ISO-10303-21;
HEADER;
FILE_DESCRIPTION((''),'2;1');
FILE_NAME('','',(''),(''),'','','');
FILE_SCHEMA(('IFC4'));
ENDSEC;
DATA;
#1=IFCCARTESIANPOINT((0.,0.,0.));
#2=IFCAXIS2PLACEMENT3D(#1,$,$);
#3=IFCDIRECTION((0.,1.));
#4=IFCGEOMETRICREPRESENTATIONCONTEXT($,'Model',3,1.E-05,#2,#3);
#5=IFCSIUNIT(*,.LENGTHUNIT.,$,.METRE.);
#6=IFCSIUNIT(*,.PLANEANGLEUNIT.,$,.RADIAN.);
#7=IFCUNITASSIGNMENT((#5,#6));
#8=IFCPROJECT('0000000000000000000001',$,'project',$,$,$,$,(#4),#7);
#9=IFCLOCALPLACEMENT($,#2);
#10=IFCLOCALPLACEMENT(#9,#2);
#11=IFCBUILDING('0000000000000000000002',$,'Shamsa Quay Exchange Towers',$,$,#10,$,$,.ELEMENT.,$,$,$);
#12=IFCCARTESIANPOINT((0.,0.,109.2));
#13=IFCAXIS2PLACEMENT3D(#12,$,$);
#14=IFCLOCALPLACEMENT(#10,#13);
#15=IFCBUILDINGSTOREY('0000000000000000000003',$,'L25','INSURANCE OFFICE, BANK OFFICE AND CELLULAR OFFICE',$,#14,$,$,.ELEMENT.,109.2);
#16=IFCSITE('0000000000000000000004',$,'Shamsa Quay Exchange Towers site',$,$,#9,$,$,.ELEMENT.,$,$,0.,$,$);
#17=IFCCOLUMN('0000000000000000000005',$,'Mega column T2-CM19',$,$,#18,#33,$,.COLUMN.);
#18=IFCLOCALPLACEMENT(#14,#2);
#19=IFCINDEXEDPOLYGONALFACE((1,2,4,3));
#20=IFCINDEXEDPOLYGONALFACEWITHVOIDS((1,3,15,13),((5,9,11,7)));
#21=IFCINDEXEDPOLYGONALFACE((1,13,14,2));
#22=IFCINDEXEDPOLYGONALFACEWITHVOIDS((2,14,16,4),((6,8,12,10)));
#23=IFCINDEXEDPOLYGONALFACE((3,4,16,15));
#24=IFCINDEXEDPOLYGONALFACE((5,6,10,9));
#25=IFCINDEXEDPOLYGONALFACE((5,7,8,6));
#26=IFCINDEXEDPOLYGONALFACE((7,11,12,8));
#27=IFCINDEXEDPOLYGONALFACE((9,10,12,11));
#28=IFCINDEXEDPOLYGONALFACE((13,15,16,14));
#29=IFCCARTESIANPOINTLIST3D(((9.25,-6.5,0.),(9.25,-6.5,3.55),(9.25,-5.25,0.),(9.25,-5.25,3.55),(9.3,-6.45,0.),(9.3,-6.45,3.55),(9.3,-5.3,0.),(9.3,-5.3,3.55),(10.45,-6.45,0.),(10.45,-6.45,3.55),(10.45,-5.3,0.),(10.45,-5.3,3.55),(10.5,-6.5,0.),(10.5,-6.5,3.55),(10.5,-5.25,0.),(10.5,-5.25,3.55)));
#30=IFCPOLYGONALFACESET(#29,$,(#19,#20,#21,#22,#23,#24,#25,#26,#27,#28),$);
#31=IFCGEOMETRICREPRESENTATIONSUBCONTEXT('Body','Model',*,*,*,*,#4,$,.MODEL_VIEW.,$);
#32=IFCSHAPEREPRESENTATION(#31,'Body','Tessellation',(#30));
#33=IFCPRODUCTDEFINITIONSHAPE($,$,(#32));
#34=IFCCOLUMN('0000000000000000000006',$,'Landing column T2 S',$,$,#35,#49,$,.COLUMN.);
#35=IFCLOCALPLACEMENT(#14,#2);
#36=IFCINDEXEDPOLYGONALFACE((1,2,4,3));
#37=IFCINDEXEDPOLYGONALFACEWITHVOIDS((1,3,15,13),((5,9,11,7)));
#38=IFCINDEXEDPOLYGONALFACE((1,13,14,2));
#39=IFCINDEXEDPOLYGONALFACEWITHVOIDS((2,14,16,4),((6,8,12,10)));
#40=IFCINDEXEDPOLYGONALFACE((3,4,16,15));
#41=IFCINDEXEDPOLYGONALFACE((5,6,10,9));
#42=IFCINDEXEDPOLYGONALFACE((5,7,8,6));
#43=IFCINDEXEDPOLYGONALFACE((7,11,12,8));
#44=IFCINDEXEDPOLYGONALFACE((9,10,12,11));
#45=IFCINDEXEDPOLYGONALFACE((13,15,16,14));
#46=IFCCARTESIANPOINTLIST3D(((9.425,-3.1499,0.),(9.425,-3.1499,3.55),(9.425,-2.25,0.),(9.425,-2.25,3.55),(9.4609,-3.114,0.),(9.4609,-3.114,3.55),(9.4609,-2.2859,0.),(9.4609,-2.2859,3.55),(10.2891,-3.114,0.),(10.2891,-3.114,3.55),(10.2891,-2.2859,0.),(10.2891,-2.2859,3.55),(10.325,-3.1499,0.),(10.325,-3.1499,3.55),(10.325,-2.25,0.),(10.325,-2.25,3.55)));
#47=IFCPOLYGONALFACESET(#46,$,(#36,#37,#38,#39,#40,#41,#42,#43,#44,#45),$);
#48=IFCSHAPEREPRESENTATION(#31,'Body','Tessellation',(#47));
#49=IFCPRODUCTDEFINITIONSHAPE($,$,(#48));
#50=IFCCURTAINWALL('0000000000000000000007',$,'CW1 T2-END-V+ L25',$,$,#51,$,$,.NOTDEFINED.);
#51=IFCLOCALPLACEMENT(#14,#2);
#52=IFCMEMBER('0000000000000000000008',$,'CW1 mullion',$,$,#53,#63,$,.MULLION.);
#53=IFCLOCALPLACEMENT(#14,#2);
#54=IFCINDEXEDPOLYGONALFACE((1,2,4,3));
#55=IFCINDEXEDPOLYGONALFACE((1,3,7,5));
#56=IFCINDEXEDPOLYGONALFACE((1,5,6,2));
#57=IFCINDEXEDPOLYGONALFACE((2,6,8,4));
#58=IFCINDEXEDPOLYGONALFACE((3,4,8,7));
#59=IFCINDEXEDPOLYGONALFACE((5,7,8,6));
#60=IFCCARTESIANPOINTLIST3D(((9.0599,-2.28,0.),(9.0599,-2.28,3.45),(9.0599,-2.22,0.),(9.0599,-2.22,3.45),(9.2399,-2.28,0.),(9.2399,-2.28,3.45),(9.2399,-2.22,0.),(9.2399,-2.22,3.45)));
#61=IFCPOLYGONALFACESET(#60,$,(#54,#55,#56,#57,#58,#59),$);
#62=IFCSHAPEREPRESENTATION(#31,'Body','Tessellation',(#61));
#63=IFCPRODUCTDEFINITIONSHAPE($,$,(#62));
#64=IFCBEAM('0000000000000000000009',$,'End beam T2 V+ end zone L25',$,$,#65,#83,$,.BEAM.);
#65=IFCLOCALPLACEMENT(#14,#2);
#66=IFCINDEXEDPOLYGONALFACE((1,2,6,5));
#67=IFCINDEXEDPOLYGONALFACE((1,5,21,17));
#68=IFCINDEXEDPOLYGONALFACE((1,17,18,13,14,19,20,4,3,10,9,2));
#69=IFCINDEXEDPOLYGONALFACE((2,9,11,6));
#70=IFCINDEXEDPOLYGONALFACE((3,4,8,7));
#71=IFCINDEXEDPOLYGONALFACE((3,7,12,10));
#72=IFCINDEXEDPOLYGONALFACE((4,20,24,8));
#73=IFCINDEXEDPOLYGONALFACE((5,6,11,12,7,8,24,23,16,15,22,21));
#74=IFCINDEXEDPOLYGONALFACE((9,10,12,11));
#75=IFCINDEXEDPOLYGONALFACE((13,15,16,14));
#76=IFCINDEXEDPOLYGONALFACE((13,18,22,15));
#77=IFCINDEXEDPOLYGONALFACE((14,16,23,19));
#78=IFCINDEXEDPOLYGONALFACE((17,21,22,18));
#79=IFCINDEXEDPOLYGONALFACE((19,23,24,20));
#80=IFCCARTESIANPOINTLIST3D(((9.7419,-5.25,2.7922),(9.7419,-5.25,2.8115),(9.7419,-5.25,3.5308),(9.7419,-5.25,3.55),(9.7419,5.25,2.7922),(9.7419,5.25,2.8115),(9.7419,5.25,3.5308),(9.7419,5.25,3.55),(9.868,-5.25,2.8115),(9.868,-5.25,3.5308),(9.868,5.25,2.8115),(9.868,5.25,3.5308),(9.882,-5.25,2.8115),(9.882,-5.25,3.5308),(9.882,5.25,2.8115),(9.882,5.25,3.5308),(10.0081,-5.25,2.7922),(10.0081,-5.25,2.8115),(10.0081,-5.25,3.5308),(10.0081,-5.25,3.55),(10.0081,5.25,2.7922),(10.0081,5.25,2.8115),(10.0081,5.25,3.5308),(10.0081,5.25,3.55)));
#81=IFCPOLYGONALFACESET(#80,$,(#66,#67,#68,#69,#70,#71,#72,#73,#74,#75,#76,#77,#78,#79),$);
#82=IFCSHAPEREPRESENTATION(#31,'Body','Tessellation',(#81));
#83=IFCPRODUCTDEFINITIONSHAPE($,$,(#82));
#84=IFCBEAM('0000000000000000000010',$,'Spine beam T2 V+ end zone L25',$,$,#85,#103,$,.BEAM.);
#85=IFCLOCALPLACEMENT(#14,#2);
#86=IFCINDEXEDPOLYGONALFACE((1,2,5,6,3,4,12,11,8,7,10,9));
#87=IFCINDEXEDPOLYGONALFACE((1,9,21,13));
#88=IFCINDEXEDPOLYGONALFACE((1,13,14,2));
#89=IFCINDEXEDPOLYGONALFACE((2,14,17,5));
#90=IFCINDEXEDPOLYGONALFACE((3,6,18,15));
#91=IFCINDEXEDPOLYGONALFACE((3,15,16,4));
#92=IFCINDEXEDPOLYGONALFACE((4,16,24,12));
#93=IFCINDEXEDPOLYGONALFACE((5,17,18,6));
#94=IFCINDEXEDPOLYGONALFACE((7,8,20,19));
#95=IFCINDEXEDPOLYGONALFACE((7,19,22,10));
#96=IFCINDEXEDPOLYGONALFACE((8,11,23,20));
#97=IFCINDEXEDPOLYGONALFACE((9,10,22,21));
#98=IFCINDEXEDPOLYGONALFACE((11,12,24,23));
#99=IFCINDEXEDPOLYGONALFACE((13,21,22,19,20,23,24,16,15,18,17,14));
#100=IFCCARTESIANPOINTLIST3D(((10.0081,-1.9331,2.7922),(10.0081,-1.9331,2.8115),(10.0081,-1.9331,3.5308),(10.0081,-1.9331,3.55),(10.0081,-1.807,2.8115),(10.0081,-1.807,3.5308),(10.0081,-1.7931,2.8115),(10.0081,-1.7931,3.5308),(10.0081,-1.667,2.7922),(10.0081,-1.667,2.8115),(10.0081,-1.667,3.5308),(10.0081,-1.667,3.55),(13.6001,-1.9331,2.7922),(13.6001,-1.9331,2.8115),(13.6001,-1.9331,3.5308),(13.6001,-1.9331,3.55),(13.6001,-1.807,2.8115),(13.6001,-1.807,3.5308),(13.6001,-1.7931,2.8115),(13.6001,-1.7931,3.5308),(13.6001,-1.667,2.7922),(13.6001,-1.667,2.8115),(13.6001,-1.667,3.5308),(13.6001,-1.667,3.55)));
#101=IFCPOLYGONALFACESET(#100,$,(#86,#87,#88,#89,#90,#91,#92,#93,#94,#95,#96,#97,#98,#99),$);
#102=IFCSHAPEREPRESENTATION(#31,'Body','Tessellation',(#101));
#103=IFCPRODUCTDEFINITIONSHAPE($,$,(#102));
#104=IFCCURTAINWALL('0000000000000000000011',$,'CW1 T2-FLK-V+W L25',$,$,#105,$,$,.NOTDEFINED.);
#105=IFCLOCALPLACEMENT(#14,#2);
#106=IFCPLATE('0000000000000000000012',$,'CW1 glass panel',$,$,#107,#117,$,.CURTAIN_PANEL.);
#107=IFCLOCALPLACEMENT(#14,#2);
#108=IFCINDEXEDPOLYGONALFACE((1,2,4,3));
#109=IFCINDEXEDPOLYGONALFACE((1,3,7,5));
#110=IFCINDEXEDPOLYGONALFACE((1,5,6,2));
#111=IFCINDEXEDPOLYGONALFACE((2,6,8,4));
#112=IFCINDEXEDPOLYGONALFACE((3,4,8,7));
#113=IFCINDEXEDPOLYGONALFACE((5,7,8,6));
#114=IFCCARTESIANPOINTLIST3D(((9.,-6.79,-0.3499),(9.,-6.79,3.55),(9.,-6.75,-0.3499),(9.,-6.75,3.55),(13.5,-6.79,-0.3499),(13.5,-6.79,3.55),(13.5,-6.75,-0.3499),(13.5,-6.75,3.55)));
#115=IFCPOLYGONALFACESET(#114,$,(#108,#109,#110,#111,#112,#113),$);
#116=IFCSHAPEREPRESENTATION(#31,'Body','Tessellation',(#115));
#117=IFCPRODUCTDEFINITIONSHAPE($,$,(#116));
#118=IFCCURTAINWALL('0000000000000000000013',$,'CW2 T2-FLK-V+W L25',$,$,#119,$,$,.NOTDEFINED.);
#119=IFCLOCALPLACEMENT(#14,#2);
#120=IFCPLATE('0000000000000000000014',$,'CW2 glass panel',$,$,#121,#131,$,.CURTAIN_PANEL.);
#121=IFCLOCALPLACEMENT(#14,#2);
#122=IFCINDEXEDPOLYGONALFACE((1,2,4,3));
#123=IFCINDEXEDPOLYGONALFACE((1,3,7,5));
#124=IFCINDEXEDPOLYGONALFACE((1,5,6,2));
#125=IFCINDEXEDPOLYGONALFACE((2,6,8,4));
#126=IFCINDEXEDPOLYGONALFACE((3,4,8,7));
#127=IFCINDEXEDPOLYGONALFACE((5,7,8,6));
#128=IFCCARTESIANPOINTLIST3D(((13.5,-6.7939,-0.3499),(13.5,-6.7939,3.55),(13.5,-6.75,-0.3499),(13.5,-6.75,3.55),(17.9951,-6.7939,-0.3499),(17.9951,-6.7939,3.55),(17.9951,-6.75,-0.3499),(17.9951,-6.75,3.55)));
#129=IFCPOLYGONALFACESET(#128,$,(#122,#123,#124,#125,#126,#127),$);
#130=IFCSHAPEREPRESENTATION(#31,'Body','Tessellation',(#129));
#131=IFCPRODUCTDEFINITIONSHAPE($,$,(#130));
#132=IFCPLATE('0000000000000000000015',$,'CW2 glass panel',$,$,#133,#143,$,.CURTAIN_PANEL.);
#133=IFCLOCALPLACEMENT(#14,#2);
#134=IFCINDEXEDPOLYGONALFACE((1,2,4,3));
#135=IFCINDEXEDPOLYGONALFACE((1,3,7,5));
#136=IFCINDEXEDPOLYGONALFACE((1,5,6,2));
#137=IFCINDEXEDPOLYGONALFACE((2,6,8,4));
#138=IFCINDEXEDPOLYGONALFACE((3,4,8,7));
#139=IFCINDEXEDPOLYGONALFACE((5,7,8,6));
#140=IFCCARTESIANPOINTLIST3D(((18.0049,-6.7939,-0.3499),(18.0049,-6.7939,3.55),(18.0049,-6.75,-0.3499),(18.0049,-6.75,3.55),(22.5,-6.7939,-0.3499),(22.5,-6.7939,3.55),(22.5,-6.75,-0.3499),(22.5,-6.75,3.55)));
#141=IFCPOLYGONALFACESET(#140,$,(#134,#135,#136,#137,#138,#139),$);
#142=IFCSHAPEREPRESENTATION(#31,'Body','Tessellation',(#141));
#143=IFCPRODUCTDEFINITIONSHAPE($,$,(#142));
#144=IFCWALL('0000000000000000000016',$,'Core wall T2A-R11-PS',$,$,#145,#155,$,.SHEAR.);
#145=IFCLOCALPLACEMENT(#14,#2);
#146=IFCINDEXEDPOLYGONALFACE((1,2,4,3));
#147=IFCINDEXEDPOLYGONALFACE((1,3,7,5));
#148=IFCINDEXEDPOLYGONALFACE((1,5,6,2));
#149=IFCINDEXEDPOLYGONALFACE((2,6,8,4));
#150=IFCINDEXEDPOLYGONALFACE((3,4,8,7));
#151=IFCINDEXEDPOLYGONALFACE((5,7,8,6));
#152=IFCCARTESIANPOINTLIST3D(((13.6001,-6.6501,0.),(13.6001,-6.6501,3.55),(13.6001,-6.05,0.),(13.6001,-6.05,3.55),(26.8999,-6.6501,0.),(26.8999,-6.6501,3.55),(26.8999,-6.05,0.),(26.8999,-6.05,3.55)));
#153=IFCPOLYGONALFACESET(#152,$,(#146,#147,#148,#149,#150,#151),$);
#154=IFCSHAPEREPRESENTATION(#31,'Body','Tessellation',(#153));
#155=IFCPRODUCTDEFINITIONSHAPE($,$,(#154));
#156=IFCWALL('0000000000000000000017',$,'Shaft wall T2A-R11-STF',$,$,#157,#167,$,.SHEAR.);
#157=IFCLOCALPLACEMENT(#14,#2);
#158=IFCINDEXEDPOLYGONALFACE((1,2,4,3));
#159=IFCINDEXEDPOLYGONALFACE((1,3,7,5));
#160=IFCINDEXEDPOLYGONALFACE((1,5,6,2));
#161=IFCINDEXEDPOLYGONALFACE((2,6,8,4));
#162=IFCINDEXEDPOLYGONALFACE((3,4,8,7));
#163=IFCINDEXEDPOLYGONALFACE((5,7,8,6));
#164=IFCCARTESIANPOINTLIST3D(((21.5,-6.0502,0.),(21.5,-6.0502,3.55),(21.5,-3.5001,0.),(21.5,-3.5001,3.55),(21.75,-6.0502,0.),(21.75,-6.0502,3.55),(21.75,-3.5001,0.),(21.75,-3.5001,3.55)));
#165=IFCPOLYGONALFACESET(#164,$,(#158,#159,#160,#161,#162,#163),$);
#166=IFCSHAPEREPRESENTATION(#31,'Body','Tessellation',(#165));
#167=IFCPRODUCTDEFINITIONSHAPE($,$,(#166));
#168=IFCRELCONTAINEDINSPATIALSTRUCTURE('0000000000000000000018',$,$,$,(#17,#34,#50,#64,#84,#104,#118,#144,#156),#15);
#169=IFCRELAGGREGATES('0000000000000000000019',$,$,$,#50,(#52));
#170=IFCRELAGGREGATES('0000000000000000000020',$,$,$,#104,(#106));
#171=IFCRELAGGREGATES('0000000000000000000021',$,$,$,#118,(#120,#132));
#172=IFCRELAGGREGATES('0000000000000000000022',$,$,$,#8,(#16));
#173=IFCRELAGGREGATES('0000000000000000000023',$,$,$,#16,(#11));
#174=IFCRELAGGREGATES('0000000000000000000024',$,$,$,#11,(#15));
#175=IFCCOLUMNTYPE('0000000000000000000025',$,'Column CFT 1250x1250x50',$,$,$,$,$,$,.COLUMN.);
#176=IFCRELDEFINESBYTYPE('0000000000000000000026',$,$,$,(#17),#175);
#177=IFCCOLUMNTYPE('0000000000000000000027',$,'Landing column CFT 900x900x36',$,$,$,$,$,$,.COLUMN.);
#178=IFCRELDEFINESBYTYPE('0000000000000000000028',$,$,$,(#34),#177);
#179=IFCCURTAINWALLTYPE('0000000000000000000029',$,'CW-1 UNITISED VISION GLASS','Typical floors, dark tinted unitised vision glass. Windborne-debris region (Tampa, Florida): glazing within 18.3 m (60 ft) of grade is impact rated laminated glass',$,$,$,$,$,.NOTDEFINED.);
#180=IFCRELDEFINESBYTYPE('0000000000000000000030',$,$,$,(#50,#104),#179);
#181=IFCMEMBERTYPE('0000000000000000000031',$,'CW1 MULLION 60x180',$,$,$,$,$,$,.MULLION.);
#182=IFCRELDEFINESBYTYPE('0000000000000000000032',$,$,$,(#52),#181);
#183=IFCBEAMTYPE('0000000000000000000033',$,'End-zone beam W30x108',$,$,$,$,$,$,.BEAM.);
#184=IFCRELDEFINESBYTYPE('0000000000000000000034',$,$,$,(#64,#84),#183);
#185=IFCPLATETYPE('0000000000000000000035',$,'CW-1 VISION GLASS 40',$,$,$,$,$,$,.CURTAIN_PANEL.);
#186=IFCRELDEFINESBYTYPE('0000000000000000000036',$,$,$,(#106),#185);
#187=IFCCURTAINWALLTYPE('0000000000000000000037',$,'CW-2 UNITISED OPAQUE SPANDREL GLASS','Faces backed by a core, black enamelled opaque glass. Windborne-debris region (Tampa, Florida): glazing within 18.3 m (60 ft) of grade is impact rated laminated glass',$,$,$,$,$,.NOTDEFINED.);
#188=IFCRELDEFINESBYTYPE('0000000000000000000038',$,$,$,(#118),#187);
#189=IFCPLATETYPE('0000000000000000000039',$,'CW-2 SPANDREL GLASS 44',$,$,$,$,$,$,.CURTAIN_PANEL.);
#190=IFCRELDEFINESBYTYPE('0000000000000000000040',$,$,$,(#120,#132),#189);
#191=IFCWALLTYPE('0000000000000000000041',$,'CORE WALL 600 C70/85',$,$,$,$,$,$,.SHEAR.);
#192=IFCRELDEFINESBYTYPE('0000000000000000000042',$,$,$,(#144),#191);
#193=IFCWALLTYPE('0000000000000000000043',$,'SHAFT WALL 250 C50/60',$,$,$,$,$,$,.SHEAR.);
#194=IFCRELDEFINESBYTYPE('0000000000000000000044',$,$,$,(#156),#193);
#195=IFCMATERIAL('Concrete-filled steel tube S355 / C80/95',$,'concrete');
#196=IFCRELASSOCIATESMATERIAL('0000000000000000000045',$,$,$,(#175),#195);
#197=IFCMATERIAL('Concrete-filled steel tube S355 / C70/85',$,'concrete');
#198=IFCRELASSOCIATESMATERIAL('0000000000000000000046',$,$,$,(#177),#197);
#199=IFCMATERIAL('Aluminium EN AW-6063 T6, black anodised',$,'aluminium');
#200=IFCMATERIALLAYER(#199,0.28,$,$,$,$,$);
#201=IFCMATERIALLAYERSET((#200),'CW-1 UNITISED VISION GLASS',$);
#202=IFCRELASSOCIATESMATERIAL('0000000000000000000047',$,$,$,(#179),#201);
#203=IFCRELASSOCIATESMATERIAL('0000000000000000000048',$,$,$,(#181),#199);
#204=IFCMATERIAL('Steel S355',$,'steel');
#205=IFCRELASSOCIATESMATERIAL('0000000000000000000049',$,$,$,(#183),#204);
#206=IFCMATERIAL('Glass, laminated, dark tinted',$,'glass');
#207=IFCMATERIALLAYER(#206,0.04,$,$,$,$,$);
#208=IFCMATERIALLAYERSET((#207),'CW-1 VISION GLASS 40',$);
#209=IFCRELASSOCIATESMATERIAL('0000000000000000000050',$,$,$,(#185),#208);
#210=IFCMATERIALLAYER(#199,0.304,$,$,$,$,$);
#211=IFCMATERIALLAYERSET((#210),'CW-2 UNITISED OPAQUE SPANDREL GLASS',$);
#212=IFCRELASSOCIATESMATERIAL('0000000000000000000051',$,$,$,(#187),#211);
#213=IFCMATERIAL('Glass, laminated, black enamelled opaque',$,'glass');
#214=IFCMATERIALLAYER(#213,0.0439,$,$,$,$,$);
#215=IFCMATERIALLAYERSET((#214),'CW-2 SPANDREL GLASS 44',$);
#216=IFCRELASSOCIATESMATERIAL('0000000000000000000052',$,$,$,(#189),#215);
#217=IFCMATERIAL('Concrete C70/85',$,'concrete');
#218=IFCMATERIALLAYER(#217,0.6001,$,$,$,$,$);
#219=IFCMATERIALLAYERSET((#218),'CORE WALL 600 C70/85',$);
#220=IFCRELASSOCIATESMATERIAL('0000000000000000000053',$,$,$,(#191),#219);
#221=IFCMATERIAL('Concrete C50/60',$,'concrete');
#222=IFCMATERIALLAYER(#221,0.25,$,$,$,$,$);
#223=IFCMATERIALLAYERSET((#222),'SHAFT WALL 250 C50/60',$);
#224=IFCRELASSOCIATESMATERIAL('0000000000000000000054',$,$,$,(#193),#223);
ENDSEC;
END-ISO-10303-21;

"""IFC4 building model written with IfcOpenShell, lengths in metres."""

from ifc_helpers import new_model, si_unit, direction, frame, frame_2d, origin, origin_2d, place, context, subcontext, project, spatial, rectangle, hollow_rectangle, i_section, extrude, material, layer, layer_set, material_profile, profile_set, type_object, element, aggregate, save


model = new_model("IFC4")

# Units and contexts
model_context = context("Model", 3, precision=1e-05, world=origin(), true_north=direction((0.0, 1.0)))
body_context = subcontext(model_context, "Body", "Model", "MODEL_VIEW")
ifc_project = project(units=[si_unit("LENGTHUNIT", "METRE"), si_unit("PLANEANGLEUNIT", "RADIAN")], contexts=[model_context])

# Site, building, storey
site_placement = place(None, origin())
site = spatial("IfcSite", under=ifc_project, at=site_placement, Name="Shamsa Quay Exchange Towers site", CompositionType="ELEMENT", RefElevation=0.0)
building_placement = place(site_placement, origin())
building = spatial("IfcBuilding", under=site, at=building_placement, Name="Shamsa Quay Exchange Towers", CompositionType="ELEMENT")
storey_placement = place(building_placement, frame((0.0, 0.0, 109.2)))
storey = spatial("IfcBuildingStorey", under=building, at=storey_placement, Name="L25", Description="INSURANCE OFFICE, BANK OFFICE AND CELLULAR OFFICE", CompositionType="ELEMENT", Elevation=109.2)

# Columns
ifc_material_1 = material(Name="Concrete-filled steel tube S355 / C80/95", Category="concrete")
ifc_material_profile_1 = material_profile(ifc_material_1, hollow_rectangle(XDim=1.25, YDim=1.25, WallThickness=0.05, at=origin_2d()), Name="CFT 1250x1250x50")
ifc_profile_set_1 = profile_set([ifc_material_profile_1], Name="Concrete-filled steel tube S355 / C80/95")
column_type_1 = type_object("IfcColumnType", Name="Column CFT 1250x1250x50", PredefinedType="COLUMN", material=ifc_profile_set_1)
column_1_placement = place(storey_placement, frame((9.875, -5.875, 0.0)))
element("IfcColumn", 1, at=column_1_placement, inside=storey, type_object=column_type_1, Name="Mega column T2-CM19", PredefinedType="COLUMN", context=body_context, shape_type="SweptSolid", body=[
    extrude(hollow_rectangle(XDim=1.25, YDim=1.25, WallThickness=0.05, at=origin_2d()), origin(), (0.0, 0.0, 1.0), 3.55),
])
ifc_material_2 = material(Name="Concrete-filled steel tube S355 / C70/85", Category="concrete")
ifc_material_profile_2 = material_profile(ifc_material_2, hollow_rectangle(XDim=0.8999, YDim=0.8999, WallThickness=0.0359, at=origin_2d()), Name="CFT 900x900x36")
ifc_profile_set_2 = profile_set([ifc_material_profile_2], Name="Concrete-filled steel tube S355 / C70/85")
column_type_2 = type_object("IfcColumnType", Name="Landing column CFT 900x900x36", PredefinedType="COLUMN", material=ifc_profile_set_2)
column_2_placement = place(storey_placement, frame((9.875, -2.7, 0.0)))
element("IfcColumn", 2, at=column_2_placement, inside=storey, type_object=column_type_2, Name="Landing column T2 S", PredefinedType="COLUMN", context=body_context, shape_type="SweptSolid", body=[
    extrude(hollow_rectangle(XDim=0.8999, YDim=0.8999, WallThickness=0.0359, at=origin_2d()), origin(), (0.0, 0.0, 1.0), 3.55),
])

# Curtain wall, member
ifc_material_3 = material(Name="Aluminium EN AW-6063 T6, black anodised", Category="aluminium")
ifc_layer_1 = layer(ifc_material_3, 0.28)
ifc_layer_set_1 = layer_set([ifc_layer_1], Name="CW-1 UNITISED VISION GLASS")
curtain_wall_type_1 = type_object("IfcCurtainWallType", Name="CW-1 UNITISED VISION GLASS", Description="Typical floors, dark tinted unitised vision glass. Windborne-debris region (Tampa, Florida): glazing within 18.3 m (60 ft) of grade is impact rated laminated glass", PredefinedType="NOTDEFINED", material=ifc_layer_set_1)
curtain_wall_1_placement = place(storey_placement, origin())
curtain_wall_1 = element("IfcCurtainWall", 3, at=curtain_wall_1_placement, inside=storey, type_object=curtain_wall_type_1, Name="CW1 T2-END-V+ L25", PredefinedType="NOTDEFINED")
ifc_material_profile_3 = material_profile(ifc_material_3, rectangle(XDim=0.1799, YDim=0.0601, at=origin_2d()), Name="MU60x180")
ifc_profile_set_3 = profile_set([ifc_material_profile_3], Name="Aluminium EN AW-6063 T6, black anodised")
member_type = type_object("IfcMemberType", Name="CW1 MULLION 60x180", PredefinedType="MULLION", material=ifc_profile_set_3)
member_placement = place(storey_placement, frame((9.1499, -2.25, 0.0)))
member = element("IfcMember", 4, at=member_placement, type_object=member_type, Name="CW1 mullion", PredefinedType="MULLION", context=body_context, shape_type="SweptSolid", body=[
    extrude(rectangle(XDim=0.1799, YDim=0.0601, at=origin_2d()), origin(), (0.0, 0.0, 1.0), 3.45),
])
aggregate(curtain_wall_1, [member])

# Beams
ifc_material_4 = material(Name="Steel S355", Category="steel")
ifc_material_profile_4 = material_profile(ifc_material_4, i_section(OverallWidth=0.2661, OverallDepth=0.7578, WebThickness=0.0139, FlangeThickness=0.0193, at=origin_2d()), Name="W30x108")
ifc_profile_set_4 = profile_set([ifc_material_profile_4], Name="Steel S355")
beam_type = type_object("IfcBeamType", Name="End-zone beam W30x108", PredefinedType="BEAM", material=ifc_profile_set_4)
beam_1_placement = place(storey_placement, frame((9.875, -5.25, 3.1711), z_axis=(0.0, 1.0, 0.0), x_axis=(-1.0, 0.0, 0.0)))
element("IfcBeam", 5, at=beam_1_placement, inside=storey, type_object=beam_type, Name="End beam T2 V+ end zone L25", PredefinedType="BEAM", context=body_context, shape_type="SweptSolid", body=[
    extrude(i_section(OverallWidth=0.2661, OverallDepth=0.7578, WebThickness=0.0139, FlangeThickness=0.0193, at=origin_2d()), origin(), (0.0, 0.0, 1.0), 10.5),
])
beam_2_placement = place(storey_placement, frame((13.6001, -1.8, 3.1711), z_axis=(-1.0, 0.0, 0.0), x_axis=(0.0, -1.0, 0.0)))
element("IfcBeam", 6, at=beam_2_placement, inside=storey, type_object=beam_type, Name="Spine beam T2 V+ end zone L25", PredefinedType="BEAM", context=body_context, shape_type="SweptSolid", body=[
    extrude(i_section(OverallWidth=0.2661, OverallDepth=0.7578, WebThickness=0.0139, FlangeThickness=0.0193, at=origin_2d()), origin(), (0.0, 0.0, 1.0), 3.592),
])

# Curtain wall, plate
curtain_wall_2_placement = place(storey_placement, origin())
curtain_wall_2 = element("IfcCurtainWall", 7, at=curtain_wall_2_placement, inside=storey, type_object=curtain_wall_type_1, Name="CW1 T2-FLK-V+W L25", PredefinedType="NOTDEFINED")
ifc_material_5 = material(Name="Glass, laminated, dark tinted", Category="glass")
ifc_layer_2 = layer(ifc_material_5, 0.04)
ifc_layer_set_2 = layer_set([ifc_layer_2], Name="CW-1 VISION GLASS 40")
plate_type_1 = type_object("IfcPlateType", Name="CW-1 VISION GLASS 40", PredefinedType="CURTAIN_PANEL", material=ifc_layer_set_2)
plate_1_placement = place(storey_placement, frame((11.25, -6.77, -0.3499)))
plate_1 = element("IfcPlate", 8, at=plate_1_placement, type_object=plate_type_1, Name="CW1 glass panel", PredefinedType="CURTAIN_PANEL", context=body_context, shape_type="SweptSolid", body=[
    extrude(rectangle(XDim=4.5, YDim=0.04, at=origin_2d()), origin(), (0.0, 0.0, 1.0), 3.8999),
])
aggregate(curtain_wall_2, [plate_1])

# Curtain wall, plates
ifc_layer_3 = layer(ifc_material_3, 0.304)
ifc_layer_set_3 = layer_set([ifc_layer_3], Name="CW-2 UNITISED OPAQUE SPANDREL GLASS")
curtain_wall_type_2 = type_object("IfcCurtainWallType", Name="CW-2 UNITISED OPAQUE SPANDREL GLASS", Description="Faces backed by a core, black enamelled opaque glass. Windborne-debris region (Tampa, Florida): glazing within 18.3 m (60 ft) of grade is impact rated laminated glass", PredefinedType="NOTDEFINED", material=ifc_layer_set_3)
curtain_wall_3_placement = place(storey_placement, origin())
curtain_wall_3 = element("IfcCurtainWall", 9, at=curtain_wall_3_placement, inside=storey, type_object=curtain_wall_type_2, Name="CW2 T2-FLK-V+W L25", PredefinedType="NOTDEFINED")
ifc_material_6 = material(Name="Glass, laminated, black enamelled opaque", Category="glass")
ifc_layer_4 = layer(ifc_material_6, 0.0439)
ifc_layer_set_4 = layer_set([ifc_layer_4], Name="CW-2 SPANDREL GLASS 44")
plate_type_2 = type_object("IfcPlateType", Name="CW-2 SPANDREL GLASS 44", PredefinedType="CURTAIN_PANEL", material=ifc_layer_set_4)
plate_2_placement = place(storey_placement, frame((15.7476, -6.772, -0.3499)))
plate_2 = element("IfcPlate", 10, at=plate_2_placement, type_object=plate_type_2, Name="CW2 glass panel", PredefinedType="CURTAIN_PANEL", context=body_context, shape_type="SweptSolid", body=[
    extrude(rectangle(XDim=4.4951, YDim=0.0439, at=origin_2d()), origin(), (0.0, 0.0, 1.0), 3.8999),
])
plate_3_placement = place(storey_placement, frame((20.2524, -6.772, -0.3499)))
plate_3 = element("IfcPlate", 11, at=plate_3_placement, type_object=plate_type_2, Name="CW2 glass panel", PredefinedType="CURTAIN_PANEL", context=body_context, shape_type="SweptSolid", body=[
    extrude(rectangle(XDim=4.4951, YDim=0.0439, at=origin_2d()), origin(), (0.0, 0.0, 1.0), 3.8999),
])
aggregate(curtain_wall_3, [plate_2, plate_3])

# Walls
ifc_material_7 = material(Name="Concrete C70/85", Category="concrete")
ifc_layer_5 = layer(ifc_material_7, 0.6001)
ifc_layer_set_5 = layer_set([ifc_layer_5], Name="CORE WALL 600 C70/85")
wall_type_1 = type_object("IfcWallType", Name="CORE WALL 600 C70/85", PredefinedType="SHEAR", material=ifc_layer_set_5)
wall_1_placement = place(storey_placement, frame((13.6001, -6.3501, 0.0)))
element("IfcWall", 12, at=wall_1_placement, inside=storey, type_object=wall_type_1, Name="Core wall T2A-R11-PS", PredefinedType="SHEAR", context=body_context, shape_type="SweptSolid", body=[
    extrude(rectangle(XDim=13.2998, YDim=0.6001, at=frame_2d((6.6499, 0.0))), origin(), (0.0, 0.0, 1.0), 3.55),
])
ifc_material_8 = material(Name="Concrete C50/60", Category="concrete")
ifc_layer_6 = layer(ifc_material_8, 0.25)
ifc_layer_set_6 = layer_set([ifc_layer_6], Name="SHAFT WALL 250 C50/60")
wall_type_2 = type_object("IfcWallType", Name="SHAFT WALL 250 C50/60", PredefinedType="SHEAR", material=ifc_layer_set_6)
wall_2_placement = place(storey_placement, frame((21.625, -6.05, 0.0), z_axis=(0.0, 0.0, 1.0), x_axis=(0.0, 1.0, 0.0)))
element("IfcWall", 13, at=wall_2_placement, inside=storey, type_object=wall_type_2, Name="Shaft wall T2A-R11-STF", PredefinedType="SHEAR", context=body_context, shape_type="SweptSolid", body=[
    extrude(rectangle(XDim=2.55, YDim=0.25, at=frame_2d((1.2749, 0.0))), origin(), (0.0, 0.0, 1.0), 3.55),
])

save(model, "model.ifc")
